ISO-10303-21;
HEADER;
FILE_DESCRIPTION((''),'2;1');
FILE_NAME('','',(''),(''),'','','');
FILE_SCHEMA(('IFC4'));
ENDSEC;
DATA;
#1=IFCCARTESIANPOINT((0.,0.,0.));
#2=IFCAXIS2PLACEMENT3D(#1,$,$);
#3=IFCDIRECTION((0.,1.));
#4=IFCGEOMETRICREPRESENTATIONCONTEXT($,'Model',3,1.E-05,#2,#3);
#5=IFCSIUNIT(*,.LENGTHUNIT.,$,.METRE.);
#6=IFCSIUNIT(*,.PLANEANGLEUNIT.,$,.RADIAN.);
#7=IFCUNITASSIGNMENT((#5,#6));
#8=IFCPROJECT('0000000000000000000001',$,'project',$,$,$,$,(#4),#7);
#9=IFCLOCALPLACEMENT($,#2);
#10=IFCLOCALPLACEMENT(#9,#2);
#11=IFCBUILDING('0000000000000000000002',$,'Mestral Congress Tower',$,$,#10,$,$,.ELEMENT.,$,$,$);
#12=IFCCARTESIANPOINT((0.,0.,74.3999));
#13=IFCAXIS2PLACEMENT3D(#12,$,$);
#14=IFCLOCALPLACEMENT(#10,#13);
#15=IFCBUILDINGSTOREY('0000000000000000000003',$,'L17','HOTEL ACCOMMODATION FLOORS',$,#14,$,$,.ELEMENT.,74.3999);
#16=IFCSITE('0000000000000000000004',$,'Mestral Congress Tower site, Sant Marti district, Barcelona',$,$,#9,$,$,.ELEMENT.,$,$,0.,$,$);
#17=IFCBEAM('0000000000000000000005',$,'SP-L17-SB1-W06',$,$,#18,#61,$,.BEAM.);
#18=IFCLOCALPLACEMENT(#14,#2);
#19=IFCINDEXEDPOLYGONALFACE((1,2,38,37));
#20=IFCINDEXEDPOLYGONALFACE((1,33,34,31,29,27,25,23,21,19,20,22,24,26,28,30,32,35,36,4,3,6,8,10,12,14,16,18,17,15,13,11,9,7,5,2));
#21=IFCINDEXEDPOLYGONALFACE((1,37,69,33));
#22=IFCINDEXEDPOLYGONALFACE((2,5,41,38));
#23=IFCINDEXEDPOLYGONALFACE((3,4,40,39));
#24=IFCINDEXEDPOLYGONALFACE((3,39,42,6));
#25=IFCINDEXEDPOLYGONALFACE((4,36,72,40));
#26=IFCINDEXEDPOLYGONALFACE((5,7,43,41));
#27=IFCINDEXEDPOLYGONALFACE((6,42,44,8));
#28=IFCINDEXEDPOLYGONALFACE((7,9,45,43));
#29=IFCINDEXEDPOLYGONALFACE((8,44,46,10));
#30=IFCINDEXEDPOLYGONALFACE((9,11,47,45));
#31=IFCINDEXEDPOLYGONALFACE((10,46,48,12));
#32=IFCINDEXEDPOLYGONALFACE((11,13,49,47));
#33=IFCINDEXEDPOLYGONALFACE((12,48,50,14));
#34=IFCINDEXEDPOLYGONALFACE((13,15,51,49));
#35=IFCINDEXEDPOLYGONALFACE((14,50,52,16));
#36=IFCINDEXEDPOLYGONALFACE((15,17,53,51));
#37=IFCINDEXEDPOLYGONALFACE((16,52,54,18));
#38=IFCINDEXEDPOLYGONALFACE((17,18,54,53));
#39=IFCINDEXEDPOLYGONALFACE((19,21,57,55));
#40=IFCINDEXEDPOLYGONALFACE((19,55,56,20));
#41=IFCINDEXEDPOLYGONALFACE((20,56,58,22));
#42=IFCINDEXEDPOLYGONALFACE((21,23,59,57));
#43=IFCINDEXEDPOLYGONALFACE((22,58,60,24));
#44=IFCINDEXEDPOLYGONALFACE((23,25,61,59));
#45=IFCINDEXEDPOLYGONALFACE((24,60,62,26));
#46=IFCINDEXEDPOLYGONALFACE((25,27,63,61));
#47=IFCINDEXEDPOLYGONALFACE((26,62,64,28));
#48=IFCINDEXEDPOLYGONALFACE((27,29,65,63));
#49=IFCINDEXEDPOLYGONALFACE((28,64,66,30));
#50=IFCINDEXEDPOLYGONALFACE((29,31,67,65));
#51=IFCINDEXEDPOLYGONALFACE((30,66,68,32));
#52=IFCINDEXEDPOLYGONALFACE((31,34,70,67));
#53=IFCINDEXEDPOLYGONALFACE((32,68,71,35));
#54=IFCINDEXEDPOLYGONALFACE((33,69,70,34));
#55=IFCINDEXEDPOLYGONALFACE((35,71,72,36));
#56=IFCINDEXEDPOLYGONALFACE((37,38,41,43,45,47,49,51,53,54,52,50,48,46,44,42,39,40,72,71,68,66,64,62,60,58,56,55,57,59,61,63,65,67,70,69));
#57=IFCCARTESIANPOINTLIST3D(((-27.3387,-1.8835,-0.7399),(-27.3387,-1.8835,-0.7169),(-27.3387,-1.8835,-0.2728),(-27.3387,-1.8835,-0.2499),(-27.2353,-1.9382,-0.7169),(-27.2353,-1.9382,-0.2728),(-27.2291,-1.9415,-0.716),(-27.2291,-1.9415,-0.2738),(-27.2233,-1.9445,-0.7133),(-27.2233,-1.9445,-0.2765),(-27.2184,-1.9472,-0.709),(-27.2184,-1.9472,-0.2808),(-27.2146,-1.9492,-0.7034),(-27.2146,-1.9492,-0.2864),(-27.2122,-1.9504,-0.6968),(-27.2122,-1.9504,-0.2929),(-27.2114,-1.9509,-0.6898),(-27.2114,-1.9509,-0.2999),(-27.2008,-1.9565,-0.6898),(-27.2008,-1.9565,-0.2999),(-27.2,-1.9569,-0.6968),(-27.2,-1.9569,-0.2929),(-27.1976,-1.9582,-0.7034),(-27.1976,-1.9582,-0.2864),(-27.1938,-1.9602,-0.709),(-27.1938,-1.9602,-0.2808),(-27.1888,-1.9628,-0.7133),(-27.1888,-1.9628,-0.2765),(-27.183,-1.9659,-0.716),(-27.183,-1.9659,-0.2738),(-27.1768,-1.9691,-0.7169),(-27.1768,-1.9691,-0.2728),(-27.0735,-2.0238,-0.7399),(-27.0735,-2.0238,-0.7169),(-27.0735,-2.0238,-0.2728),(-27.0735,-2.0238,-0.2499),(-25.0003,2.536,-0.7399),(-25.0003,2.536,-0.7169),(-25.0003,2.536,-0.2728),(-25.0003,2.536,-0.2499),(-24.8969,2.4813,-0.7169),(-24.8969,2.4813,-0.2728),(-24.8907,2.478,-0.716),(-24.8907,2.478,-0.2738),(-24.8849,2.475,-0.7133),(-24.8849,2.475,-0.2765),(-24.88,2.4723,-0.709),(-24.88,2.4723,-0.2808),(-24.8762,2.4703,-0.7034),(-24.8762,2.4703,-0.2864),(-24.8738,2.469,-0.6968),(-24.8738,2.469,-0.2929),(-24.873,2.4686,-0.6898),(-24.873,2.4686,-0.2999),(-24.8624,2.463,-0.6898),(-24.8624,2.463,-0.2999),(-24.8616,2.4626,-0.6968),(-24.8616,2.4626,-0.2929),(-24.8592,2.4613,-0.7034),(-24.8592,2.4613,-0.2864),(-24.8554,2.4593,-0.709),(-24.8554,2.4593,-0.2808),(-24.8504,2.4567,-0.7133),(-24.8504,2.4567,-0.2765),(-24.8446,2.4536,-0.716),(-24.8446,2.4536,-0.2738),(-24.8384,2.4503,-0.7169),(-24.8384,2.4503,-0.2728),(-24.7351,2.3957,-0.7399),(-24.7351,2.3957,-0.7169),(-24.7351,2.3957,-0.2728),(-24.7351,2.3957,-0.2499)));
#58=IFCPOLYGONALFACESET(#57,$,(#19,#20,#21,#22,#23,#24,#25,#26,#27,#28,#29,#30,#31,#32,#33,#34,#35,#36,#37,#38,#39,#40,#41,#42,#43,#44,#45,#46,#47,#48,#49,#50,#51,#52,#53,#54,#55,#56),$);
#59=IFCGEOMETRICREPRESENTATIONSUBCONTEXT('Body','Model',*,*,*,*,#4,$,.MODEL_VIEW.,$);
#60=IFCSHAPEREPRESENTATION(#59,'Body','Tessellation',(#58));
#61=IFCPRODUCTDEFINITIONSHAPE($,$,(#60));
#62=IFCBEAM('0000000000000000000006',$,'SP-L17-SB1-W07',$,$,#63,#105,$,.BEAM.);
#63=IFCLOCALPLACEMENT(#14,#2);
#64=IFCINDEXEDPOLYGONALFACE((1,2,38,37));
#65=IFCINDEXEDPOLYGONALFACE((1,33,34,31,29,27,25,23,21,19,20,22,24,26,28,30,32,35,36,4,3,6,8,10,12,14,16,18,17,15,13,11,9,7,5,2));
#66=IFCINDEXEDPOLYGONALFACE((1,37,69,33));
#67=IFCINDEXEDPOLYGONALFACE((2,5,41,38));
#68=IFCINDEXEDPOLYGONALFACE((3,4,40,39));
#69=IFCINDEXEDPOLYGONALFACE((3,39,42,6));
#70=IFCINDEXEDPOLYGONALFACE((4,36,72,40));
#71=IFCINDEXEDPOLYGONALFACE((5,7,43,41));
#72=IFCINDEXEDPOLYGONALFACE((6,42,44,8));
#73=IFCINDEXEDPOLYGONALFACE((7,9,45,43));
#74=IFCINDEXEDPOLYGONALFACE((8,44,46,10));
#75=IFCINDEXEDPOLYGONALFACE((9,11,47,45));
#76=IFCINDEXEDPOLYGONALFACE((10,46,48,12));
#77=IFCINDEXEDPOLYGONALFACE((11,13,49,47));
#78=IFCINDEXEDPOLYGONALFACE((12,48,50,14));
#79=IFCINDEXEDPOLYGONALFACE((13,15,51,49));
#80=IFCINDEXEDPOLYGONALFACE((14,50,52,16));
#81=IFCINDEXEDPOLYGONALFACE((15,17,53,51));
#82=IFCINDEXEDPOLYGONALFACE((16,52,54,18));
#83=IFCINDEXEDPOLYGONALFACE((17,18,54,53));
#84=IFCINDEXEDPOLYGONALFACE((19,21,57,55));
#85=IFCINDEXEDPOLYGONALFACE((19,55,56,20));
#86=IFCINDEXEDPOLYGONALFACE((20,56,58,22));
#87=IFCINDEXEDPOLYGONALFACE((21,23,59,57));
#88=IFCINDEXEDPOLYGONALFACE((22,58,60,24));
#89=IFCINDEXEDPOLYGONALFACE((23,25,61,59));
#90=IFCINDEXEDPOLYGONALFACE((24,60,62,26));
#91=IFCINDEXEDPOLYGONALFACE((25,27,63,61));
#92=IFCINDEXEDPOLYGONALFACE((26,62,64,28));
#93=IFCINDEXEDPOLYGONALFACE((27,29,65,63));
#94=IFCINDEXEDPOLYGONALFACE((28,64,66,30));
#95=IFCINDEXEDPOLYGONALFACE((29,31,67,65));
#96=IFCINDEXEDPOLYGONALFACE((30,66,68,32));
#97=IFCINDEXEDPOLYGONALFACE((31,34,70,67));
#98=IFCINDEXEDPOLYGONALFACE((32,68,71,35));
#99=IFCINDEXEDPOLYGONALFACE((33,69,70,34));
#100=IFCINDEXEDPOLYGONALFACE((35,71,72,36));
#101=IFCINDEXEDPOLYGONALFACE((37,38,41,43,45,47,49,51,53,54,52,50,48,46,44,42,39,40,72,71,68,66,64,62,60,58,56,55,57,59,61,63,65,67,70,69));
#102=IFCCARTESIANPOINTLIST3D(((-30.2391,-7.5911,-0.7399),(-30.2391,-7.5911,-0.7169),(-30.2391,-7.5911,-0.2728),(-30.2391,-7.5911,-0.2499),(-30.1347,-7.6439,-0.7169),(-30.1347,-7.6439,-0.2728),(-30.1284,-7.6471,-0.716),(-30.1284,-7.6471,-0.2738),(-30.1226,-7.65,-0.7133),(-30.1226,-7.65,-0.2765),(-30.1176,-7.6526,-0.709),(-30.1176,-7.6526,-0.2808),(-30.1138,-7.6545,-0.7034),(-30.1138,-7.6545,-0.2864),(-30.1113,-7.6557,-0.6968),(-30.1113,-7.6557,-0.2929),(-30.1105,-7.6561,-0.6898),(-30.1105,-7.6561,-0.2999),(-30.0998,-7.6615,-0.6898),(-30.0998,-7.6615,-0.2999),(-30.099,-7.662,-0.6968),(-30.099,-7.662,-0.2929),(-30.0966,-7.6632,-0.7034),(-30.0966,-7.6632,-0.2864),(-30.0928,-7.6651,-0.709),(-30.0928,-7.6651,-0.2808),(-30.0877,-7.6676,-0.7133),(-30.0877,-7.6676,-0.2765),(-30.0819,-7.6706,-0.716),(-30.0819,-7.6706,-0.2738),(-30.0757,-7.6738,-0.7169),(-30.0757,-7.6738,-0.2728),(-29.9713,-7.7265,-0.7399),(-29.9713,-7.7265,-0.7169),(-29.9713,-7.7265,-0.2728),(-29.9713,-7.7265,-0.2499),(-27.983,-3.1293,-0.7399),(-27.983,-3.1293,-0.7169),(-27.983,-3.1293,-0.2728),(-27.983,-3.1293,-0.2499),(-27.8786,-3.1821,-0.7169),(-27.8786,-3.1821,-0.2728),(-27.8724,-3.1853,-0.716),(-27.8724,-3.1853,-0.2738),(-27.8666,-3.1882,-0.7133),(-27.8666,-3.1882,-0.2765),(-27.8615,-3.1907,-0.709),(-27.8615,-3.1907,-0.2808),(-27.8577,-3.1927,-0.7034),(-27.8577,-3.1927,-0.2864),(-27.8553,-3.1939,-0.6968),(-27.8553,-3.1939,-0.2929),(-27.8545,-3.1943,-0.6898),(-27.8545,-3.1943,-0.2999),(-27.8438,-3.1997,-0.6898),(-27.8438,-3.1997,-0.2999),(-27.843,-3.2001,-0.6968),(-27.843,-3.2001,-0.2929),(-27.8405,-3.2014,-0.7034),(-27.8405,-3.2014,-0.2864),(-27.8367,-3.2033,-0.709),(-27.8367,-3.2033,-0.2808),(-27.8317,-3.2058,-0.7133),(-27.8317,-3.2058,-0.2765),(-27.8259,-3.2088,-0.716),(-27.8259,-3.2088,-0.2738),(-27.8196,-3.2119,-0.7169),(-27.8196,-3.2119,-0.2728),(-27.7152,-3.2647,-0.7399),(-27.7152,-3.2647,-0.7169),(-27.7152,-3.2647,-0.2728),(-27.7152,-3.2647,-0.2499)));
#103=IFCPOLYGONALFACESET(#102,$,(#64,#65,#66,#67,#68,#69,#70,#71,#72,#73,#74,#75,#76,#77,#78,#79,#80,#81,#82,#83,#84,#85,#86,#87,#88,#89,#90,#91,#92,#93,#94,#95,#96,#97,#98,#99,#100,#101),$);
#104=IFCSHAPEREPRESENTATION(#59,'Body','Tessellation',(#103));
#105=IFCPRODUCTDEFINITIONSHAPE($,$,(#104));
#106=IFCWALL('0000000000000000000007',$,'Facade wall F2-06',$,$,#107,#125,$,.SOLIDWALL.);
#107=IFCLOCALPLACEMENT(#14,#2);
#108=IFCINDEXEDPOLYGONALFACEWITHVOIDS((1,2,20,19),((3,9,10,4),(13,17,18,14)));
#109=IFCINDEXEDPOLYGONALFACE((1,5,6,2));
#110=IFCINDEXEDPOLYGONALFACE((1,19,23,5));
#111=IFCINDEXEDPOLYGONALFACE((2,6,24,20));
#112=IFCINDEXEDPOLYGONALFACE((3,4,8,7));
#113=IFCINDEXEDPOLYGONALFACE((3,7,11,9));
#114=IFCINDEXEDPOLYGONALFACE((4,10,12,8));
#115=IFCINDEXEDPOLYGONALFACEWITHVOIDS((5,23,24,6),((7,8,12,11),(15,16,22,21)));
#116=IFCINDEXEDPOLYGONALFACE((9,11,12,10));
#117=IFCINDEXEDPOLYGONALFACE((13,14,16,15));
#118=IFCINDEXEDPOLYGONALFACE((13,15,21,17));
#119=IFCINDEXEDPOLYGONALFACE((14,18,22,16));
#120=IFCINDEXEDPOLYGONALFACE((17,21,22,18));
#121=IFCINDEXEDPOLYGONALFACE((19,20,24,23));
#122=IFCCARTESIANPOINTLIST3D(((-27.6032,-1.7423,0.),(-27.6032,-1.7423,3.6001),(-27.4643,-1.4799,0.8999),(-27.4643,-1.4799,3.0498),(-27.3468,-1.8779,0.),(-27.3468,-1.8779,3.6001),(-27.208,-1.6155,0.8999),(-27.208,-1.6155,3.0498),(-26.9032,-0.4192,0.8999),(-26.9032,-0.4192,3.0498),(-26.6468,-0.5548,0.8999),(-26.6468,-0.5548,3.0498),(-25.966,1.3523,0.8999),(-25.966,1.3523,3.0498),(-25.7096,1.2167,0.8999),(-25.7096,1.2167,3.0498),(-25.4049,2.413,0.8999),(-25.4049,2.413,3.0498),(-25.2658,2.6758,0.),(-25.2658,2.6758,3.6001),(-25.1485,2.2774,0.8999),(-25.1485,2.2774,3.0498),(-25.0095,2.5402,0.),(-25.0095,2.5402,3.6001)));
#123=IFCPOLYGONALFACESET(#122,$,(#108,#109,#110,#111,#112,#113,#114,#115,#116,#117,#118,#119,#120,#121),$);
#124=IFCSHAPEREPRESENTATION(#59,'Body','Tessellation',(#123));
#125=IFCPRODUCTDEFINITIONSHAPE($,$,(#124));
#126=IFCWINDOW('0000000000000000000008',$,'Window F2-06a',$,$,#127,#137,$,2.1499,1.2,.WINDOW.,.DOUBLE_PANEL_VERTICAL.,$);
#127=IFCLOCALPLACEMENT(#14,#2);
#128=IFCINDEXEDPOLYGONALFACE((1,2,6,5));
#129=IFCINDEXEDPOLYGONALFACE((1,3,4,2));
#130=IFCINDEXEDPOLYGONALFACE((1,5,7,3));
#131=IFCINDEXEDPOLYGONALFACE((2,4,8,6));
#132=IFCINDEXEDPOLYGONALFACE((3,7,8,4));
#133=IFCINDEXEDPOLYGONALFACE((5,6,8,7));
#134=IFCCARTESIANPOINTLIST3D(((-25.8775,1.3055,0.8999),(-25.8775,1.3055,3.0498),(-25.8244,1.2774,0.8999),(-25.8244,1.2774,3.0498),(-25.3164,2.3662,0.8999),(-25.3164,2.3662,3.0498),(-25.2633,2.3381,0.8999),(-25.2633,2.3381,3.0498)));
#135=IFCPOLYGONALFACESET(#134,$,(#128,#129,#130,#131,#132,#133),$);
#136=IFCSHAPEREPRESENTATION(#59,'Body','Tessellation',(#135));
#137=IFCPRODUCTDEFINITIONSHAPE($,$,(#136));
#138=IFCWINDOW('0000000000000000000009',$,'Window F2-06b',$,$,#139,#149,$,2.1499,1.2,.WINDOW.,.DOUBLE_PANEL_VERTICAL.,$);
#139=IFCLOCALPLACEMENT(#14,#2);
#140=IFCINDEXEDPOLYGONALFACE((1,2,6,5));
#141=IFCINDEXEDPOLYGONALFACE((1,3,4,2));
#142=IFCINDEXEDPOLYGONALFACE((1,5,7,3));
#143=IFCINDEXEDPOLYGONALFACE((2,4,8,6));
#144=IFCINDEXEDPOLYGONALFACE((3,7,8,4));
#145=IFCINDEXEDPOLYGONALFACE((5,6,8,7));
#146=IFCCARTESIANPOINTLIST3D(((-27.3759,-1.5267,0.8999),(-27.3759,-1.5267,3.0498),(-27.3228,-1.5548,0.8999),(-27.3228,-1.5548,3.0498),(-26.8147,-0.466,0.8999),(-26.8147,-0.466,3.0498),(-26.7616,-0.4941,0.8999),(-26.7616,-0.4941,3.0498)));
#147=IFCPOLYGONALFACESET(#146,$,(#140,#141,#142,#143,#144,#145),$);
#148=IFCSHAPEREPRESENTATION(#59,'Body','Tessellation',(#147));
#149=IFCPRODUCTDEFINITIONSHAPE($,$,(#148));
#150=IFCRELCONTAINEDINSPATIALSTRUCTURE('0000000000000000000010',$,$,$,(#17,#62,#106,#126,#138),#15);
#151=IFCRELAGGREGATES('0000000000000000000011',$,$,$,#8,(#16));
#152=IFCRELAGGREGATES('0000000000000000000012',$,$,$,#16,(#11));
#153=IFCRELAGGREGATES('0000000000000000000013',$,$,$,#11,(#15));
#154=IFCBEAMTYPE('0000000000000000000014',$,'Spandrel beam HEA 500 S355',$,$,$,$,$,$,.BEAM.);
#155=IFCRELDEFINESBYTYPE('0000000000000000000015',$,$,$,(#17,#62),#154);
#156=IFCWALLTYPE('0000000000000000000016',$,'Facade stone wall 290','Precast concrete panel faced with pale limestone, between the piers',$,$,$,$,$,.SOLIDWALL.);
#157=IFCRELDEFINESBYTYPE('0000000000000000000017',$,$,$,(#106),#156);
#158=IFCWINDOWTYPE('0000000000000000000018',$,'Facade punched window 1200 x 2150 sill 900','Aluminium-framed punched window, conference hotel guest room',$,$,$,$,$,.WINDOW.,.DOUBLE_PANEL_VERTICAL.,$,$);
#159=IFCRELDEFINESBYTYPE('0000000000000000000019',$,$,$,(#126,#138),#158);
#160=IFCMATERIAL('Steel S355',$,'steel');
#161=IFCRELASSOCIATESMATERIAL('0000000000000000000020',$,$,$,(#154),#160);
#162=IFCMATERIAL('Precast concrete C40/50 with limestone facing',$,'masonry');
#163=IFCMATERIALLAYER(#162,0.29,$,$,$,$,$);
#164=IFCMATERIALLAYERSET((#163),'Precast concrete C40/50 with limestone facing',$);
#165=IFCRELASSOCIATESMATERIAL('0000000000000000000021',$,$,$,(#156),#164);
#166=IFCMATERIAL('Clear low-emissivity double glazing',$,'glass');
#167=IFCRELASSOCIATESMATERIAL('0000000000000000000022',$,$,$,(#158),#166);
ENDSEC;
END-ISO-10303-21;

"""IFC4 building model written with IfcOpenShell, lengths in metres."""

from ifc_helpers import new_model, si_unit, direction, frame, frame_2d, origin, origin_2d, place, context, subcontext, project, spatial, rectangle, i_section, extrude, material, layer, layer_set, material_profile, profile_set, type_object, element, fill, save


model = new_model("IFC4")

# Units and contexts
model_context = context("Model", 3, precision=1e-05, world=origin(), true_north=direction((0.0, 1.0)))
body_context = subcontext(model_context, "Body", "Model", "MODEL_VIEW")
ifc_project = project(units=[si_unit("LENGTHUNIT", "METRE"), si_unit("PLANEANGLEUNIT", "RADIAN")], contexts=[model_context])

# Site, building, storey
site_placement = place(None, origin())
site = spatial("IfcSite", under=ifc_project, at=site_placement, Name="Mestral Congress Tower site, Sant Marti district, Barcelona", CompositionType="ELEMENT", RefElevation=0.0)
building_placement = place(site_placement, origin())
building = spatial("IfcBuilding", under=site, at=building_placement, Name="Mestral Congress Tower", CompositionType="ELEMENT")
storey_placement = place(building_placement, frame((0.0, 0.0, 74.3999)))
storey = spatial("IfcBuildingStorey", under=building, at=storey_placement, Name="L17", Description="HOTEL ACCOMMODATION FLOORS", CompositionType="ELEMENT", Elevation=74.3999)

# Beams
ifc_material_1 = material(Name="Steel S355", Category="steel")
ifc_material_profile_1 = material_profile(ifc_material_1, i_section(OverallWidth=0.3, OverallDepth=0.49, WebThickness=0.012, FlangeThickness=0.0229, FilletRadius=0.0271, at=origin_2d()), Name="HEA 500")
ifc_profile_set_1 = profile_set([ifc_material_profile_1], Name="Steel S355")
beam_type_1 = type_object("IfcBeamType", Name="Spandrel beam HEA 500 S355", PredefinedType="BEAM", material=ifc_profile_set_1)
beam_1_placement = place(storey_placement, frame((-24.8677, 2.4658, -0.4949), z_axis=(-0.467681, -0.883897, 0.0), x_axis=(0.883897, -0.467681, 0.0)))
element("IfcBeam", 1, at=beam_1_placement, inside=storey, type_object=beam_type_1, Name="SP-L17-SB1-W06", PredefinedType="BEAM", context=body_context, shape_type="SweptSolid", body=[
    extrude(i_section(OverallWidth=0.3, OverallDepth=0.49, WebThickness=0.012, FlangeThickness=0.0229, FilletRadius=0.0271, at=origin_2d()), origin(), (0.0, 0.0, 1.0), 5.0),
])
beam_2_placement = place(storey_placement, frame((-27.8491, -3.197, -0.4949), z_axis=(-0.451233, -0.892406, 0.0), x_axis=(0.892406, -0.451233, 0.0)))
element("IfcBeam", 2, at=beam_2_placement, inside=storey, type_object=beam_type_1, Name="SP-L17-SB1-W07", PredefinedType="BEAM", context=body_context, shape_type="SweptSolid", body=[
    extrude(i_section(OverallWidth=0.3, OverallDepth=0.49, WebThickness=0.012, FlangeThickness=0.0229, FilletRadius=0.0271, at=origin_2d()), origin(), (0.0, 0.0, 1.0), 4.9998),
])

# Wall, openings, windows
ifc_material_2 = material(Name="Precast concrete C40/50 with limestone facing", Category="masonry")
ifc_layer_1 = layer(ifc_material_2, 0.29)
ifc_layer_set_1 = layer_set([ifc_layer_1], Name="Precast concrete C40/50 with limestone facing")
wall_type_1 = type_object("IfcWallType", Name="Facade stone wall 290", Description="Precast concrete panel faced with pale limestone, between the piers", PredefinedType="SOLIDWALL", material=ifc_layer_set_1)
wall_1_placement = place(storey_placement, frame((-25.1377, 2.6079, 0.0), z_axis=(0.0, 0.0, 1.0), x_axis=(-0.46763, -0.883925, 0.0)))
wall_1 = element("IfcWall", 3, at=wall_1_placement, inside=storey, type_object=wall_type_1, Name="Facade wall F2-06", PredefinedType="SOLIDWALL", context=body_context, shape_type="SweptSolid", body=[
    extrude(rectangle(XDim=4.9983, YDim=0.29, at=frame_2d((2.499, 0.0))), origin(), (0.0, 0.0, 1.0), 3.6001),
])
opening_1_placement = place(wall_1_placement, frame((0.2971, 0.0, 0.8999)))
opening_1 = element("IfcOpeningElement", 4, at=opening_1_placement, cuts=wall_1, PredefinedType="OPENING", context=body_context, shape_type="SweptSolid", body=[
    extrude(rectangle(XDim=1.2, YDim=2.1499, at=frame_2d((0.6001, 1.075))), frame((0.0, 0.155, 0.0), z_axis=(0.0, -1.0, 0.0), x_axis=(1.0, 0.0, 0.0)), (0.0, 0.0, 1.0), 0.3101),
])
opening_2_placement = place(wall_1_placement, frame((3.5012, 0.0, 0.8999)))
opening_2 = element("IfcOpeningElement", 5, at=opening_2_placement, cuts=wall_1, PredefinedType="OPENING", context=body_context, shape_type="SweptSolid", body=[
    extrude(rectangle(XDim=1.2, YDim=2.1499, at=frame_2d((0.6001, 1.075))), frame((0.0, 0.155, 0.0), z_axis=(0.0, -1.0, 0.0), x_axis=(1.0, 0.0, 0.0)), (0.0, 0.0, 1.0), 0.3101),
])
ifc_material_3 = material(Name="Clear low-emissivity double glazing", Category="glass")
window_type = type_object("IfcWindowType", Name="Facade punched window 1200 x 2150 sill 900", Description="Aluminium-framed punched window, conference hotel guest room", PartitioningType="DOUBLE_PANEL_VERTICAL", PredefinedType="WINDOW", material=ifc_material_3)
window_1_placement = place(opening_1_placement, origin())
window_1 = element("IfcWindow", 6, at=window_1_placement, inside=storey, type_object=window_type, Name="Window F2-06a", OverallHeight=2.1499, OverallWidth=1.2, PartitioningType="DOUBLE_PANEL_VERTICAL", PredefinedType="WINDOW", context=body_context, shape_type="SweptSolid", body=[
    extrude(rectangle(XDim=1.2, YDim=2.1499, at=frame_2d((0.6001, 1.075))), frame((0.0, 0.0151, 0.0), z_axis=(0.0, -1.0, 0.0), x_axis=(1.0, 0.0, 0.0)), (0.0, 0.0, 1.0), 0.0601),
])
fill(opening_1, window_1)
window_2_placement = place(opening_2_placement, origin())
window_2 = element("IfcWindow", 7, at=window_2_placement, inside=storey, type_object=window_type, Name="Window F2-06b", OverallHeight=2.1499, OverallWidth=1.2, PartitioningType="DOUBLE_PANEL_VERTICAL", PredefinedType="WINDOW", context=body_context, shape_type="SweptSolid", body=[
    extrude(rectangle(XDim=1.2, YDim=2.1499, at=frame_2d((0.6001, 1.075))), frame((0.0, 0.0151, 0.0), z_axis=(0.0, -1.0, 0.0), x_axis=(1.0, 0.0, 0.0)), (0.0, 0.0, 1.0), 0.0601),
])
fill(opening_2, window_2)

save(model, "model.ifc")
